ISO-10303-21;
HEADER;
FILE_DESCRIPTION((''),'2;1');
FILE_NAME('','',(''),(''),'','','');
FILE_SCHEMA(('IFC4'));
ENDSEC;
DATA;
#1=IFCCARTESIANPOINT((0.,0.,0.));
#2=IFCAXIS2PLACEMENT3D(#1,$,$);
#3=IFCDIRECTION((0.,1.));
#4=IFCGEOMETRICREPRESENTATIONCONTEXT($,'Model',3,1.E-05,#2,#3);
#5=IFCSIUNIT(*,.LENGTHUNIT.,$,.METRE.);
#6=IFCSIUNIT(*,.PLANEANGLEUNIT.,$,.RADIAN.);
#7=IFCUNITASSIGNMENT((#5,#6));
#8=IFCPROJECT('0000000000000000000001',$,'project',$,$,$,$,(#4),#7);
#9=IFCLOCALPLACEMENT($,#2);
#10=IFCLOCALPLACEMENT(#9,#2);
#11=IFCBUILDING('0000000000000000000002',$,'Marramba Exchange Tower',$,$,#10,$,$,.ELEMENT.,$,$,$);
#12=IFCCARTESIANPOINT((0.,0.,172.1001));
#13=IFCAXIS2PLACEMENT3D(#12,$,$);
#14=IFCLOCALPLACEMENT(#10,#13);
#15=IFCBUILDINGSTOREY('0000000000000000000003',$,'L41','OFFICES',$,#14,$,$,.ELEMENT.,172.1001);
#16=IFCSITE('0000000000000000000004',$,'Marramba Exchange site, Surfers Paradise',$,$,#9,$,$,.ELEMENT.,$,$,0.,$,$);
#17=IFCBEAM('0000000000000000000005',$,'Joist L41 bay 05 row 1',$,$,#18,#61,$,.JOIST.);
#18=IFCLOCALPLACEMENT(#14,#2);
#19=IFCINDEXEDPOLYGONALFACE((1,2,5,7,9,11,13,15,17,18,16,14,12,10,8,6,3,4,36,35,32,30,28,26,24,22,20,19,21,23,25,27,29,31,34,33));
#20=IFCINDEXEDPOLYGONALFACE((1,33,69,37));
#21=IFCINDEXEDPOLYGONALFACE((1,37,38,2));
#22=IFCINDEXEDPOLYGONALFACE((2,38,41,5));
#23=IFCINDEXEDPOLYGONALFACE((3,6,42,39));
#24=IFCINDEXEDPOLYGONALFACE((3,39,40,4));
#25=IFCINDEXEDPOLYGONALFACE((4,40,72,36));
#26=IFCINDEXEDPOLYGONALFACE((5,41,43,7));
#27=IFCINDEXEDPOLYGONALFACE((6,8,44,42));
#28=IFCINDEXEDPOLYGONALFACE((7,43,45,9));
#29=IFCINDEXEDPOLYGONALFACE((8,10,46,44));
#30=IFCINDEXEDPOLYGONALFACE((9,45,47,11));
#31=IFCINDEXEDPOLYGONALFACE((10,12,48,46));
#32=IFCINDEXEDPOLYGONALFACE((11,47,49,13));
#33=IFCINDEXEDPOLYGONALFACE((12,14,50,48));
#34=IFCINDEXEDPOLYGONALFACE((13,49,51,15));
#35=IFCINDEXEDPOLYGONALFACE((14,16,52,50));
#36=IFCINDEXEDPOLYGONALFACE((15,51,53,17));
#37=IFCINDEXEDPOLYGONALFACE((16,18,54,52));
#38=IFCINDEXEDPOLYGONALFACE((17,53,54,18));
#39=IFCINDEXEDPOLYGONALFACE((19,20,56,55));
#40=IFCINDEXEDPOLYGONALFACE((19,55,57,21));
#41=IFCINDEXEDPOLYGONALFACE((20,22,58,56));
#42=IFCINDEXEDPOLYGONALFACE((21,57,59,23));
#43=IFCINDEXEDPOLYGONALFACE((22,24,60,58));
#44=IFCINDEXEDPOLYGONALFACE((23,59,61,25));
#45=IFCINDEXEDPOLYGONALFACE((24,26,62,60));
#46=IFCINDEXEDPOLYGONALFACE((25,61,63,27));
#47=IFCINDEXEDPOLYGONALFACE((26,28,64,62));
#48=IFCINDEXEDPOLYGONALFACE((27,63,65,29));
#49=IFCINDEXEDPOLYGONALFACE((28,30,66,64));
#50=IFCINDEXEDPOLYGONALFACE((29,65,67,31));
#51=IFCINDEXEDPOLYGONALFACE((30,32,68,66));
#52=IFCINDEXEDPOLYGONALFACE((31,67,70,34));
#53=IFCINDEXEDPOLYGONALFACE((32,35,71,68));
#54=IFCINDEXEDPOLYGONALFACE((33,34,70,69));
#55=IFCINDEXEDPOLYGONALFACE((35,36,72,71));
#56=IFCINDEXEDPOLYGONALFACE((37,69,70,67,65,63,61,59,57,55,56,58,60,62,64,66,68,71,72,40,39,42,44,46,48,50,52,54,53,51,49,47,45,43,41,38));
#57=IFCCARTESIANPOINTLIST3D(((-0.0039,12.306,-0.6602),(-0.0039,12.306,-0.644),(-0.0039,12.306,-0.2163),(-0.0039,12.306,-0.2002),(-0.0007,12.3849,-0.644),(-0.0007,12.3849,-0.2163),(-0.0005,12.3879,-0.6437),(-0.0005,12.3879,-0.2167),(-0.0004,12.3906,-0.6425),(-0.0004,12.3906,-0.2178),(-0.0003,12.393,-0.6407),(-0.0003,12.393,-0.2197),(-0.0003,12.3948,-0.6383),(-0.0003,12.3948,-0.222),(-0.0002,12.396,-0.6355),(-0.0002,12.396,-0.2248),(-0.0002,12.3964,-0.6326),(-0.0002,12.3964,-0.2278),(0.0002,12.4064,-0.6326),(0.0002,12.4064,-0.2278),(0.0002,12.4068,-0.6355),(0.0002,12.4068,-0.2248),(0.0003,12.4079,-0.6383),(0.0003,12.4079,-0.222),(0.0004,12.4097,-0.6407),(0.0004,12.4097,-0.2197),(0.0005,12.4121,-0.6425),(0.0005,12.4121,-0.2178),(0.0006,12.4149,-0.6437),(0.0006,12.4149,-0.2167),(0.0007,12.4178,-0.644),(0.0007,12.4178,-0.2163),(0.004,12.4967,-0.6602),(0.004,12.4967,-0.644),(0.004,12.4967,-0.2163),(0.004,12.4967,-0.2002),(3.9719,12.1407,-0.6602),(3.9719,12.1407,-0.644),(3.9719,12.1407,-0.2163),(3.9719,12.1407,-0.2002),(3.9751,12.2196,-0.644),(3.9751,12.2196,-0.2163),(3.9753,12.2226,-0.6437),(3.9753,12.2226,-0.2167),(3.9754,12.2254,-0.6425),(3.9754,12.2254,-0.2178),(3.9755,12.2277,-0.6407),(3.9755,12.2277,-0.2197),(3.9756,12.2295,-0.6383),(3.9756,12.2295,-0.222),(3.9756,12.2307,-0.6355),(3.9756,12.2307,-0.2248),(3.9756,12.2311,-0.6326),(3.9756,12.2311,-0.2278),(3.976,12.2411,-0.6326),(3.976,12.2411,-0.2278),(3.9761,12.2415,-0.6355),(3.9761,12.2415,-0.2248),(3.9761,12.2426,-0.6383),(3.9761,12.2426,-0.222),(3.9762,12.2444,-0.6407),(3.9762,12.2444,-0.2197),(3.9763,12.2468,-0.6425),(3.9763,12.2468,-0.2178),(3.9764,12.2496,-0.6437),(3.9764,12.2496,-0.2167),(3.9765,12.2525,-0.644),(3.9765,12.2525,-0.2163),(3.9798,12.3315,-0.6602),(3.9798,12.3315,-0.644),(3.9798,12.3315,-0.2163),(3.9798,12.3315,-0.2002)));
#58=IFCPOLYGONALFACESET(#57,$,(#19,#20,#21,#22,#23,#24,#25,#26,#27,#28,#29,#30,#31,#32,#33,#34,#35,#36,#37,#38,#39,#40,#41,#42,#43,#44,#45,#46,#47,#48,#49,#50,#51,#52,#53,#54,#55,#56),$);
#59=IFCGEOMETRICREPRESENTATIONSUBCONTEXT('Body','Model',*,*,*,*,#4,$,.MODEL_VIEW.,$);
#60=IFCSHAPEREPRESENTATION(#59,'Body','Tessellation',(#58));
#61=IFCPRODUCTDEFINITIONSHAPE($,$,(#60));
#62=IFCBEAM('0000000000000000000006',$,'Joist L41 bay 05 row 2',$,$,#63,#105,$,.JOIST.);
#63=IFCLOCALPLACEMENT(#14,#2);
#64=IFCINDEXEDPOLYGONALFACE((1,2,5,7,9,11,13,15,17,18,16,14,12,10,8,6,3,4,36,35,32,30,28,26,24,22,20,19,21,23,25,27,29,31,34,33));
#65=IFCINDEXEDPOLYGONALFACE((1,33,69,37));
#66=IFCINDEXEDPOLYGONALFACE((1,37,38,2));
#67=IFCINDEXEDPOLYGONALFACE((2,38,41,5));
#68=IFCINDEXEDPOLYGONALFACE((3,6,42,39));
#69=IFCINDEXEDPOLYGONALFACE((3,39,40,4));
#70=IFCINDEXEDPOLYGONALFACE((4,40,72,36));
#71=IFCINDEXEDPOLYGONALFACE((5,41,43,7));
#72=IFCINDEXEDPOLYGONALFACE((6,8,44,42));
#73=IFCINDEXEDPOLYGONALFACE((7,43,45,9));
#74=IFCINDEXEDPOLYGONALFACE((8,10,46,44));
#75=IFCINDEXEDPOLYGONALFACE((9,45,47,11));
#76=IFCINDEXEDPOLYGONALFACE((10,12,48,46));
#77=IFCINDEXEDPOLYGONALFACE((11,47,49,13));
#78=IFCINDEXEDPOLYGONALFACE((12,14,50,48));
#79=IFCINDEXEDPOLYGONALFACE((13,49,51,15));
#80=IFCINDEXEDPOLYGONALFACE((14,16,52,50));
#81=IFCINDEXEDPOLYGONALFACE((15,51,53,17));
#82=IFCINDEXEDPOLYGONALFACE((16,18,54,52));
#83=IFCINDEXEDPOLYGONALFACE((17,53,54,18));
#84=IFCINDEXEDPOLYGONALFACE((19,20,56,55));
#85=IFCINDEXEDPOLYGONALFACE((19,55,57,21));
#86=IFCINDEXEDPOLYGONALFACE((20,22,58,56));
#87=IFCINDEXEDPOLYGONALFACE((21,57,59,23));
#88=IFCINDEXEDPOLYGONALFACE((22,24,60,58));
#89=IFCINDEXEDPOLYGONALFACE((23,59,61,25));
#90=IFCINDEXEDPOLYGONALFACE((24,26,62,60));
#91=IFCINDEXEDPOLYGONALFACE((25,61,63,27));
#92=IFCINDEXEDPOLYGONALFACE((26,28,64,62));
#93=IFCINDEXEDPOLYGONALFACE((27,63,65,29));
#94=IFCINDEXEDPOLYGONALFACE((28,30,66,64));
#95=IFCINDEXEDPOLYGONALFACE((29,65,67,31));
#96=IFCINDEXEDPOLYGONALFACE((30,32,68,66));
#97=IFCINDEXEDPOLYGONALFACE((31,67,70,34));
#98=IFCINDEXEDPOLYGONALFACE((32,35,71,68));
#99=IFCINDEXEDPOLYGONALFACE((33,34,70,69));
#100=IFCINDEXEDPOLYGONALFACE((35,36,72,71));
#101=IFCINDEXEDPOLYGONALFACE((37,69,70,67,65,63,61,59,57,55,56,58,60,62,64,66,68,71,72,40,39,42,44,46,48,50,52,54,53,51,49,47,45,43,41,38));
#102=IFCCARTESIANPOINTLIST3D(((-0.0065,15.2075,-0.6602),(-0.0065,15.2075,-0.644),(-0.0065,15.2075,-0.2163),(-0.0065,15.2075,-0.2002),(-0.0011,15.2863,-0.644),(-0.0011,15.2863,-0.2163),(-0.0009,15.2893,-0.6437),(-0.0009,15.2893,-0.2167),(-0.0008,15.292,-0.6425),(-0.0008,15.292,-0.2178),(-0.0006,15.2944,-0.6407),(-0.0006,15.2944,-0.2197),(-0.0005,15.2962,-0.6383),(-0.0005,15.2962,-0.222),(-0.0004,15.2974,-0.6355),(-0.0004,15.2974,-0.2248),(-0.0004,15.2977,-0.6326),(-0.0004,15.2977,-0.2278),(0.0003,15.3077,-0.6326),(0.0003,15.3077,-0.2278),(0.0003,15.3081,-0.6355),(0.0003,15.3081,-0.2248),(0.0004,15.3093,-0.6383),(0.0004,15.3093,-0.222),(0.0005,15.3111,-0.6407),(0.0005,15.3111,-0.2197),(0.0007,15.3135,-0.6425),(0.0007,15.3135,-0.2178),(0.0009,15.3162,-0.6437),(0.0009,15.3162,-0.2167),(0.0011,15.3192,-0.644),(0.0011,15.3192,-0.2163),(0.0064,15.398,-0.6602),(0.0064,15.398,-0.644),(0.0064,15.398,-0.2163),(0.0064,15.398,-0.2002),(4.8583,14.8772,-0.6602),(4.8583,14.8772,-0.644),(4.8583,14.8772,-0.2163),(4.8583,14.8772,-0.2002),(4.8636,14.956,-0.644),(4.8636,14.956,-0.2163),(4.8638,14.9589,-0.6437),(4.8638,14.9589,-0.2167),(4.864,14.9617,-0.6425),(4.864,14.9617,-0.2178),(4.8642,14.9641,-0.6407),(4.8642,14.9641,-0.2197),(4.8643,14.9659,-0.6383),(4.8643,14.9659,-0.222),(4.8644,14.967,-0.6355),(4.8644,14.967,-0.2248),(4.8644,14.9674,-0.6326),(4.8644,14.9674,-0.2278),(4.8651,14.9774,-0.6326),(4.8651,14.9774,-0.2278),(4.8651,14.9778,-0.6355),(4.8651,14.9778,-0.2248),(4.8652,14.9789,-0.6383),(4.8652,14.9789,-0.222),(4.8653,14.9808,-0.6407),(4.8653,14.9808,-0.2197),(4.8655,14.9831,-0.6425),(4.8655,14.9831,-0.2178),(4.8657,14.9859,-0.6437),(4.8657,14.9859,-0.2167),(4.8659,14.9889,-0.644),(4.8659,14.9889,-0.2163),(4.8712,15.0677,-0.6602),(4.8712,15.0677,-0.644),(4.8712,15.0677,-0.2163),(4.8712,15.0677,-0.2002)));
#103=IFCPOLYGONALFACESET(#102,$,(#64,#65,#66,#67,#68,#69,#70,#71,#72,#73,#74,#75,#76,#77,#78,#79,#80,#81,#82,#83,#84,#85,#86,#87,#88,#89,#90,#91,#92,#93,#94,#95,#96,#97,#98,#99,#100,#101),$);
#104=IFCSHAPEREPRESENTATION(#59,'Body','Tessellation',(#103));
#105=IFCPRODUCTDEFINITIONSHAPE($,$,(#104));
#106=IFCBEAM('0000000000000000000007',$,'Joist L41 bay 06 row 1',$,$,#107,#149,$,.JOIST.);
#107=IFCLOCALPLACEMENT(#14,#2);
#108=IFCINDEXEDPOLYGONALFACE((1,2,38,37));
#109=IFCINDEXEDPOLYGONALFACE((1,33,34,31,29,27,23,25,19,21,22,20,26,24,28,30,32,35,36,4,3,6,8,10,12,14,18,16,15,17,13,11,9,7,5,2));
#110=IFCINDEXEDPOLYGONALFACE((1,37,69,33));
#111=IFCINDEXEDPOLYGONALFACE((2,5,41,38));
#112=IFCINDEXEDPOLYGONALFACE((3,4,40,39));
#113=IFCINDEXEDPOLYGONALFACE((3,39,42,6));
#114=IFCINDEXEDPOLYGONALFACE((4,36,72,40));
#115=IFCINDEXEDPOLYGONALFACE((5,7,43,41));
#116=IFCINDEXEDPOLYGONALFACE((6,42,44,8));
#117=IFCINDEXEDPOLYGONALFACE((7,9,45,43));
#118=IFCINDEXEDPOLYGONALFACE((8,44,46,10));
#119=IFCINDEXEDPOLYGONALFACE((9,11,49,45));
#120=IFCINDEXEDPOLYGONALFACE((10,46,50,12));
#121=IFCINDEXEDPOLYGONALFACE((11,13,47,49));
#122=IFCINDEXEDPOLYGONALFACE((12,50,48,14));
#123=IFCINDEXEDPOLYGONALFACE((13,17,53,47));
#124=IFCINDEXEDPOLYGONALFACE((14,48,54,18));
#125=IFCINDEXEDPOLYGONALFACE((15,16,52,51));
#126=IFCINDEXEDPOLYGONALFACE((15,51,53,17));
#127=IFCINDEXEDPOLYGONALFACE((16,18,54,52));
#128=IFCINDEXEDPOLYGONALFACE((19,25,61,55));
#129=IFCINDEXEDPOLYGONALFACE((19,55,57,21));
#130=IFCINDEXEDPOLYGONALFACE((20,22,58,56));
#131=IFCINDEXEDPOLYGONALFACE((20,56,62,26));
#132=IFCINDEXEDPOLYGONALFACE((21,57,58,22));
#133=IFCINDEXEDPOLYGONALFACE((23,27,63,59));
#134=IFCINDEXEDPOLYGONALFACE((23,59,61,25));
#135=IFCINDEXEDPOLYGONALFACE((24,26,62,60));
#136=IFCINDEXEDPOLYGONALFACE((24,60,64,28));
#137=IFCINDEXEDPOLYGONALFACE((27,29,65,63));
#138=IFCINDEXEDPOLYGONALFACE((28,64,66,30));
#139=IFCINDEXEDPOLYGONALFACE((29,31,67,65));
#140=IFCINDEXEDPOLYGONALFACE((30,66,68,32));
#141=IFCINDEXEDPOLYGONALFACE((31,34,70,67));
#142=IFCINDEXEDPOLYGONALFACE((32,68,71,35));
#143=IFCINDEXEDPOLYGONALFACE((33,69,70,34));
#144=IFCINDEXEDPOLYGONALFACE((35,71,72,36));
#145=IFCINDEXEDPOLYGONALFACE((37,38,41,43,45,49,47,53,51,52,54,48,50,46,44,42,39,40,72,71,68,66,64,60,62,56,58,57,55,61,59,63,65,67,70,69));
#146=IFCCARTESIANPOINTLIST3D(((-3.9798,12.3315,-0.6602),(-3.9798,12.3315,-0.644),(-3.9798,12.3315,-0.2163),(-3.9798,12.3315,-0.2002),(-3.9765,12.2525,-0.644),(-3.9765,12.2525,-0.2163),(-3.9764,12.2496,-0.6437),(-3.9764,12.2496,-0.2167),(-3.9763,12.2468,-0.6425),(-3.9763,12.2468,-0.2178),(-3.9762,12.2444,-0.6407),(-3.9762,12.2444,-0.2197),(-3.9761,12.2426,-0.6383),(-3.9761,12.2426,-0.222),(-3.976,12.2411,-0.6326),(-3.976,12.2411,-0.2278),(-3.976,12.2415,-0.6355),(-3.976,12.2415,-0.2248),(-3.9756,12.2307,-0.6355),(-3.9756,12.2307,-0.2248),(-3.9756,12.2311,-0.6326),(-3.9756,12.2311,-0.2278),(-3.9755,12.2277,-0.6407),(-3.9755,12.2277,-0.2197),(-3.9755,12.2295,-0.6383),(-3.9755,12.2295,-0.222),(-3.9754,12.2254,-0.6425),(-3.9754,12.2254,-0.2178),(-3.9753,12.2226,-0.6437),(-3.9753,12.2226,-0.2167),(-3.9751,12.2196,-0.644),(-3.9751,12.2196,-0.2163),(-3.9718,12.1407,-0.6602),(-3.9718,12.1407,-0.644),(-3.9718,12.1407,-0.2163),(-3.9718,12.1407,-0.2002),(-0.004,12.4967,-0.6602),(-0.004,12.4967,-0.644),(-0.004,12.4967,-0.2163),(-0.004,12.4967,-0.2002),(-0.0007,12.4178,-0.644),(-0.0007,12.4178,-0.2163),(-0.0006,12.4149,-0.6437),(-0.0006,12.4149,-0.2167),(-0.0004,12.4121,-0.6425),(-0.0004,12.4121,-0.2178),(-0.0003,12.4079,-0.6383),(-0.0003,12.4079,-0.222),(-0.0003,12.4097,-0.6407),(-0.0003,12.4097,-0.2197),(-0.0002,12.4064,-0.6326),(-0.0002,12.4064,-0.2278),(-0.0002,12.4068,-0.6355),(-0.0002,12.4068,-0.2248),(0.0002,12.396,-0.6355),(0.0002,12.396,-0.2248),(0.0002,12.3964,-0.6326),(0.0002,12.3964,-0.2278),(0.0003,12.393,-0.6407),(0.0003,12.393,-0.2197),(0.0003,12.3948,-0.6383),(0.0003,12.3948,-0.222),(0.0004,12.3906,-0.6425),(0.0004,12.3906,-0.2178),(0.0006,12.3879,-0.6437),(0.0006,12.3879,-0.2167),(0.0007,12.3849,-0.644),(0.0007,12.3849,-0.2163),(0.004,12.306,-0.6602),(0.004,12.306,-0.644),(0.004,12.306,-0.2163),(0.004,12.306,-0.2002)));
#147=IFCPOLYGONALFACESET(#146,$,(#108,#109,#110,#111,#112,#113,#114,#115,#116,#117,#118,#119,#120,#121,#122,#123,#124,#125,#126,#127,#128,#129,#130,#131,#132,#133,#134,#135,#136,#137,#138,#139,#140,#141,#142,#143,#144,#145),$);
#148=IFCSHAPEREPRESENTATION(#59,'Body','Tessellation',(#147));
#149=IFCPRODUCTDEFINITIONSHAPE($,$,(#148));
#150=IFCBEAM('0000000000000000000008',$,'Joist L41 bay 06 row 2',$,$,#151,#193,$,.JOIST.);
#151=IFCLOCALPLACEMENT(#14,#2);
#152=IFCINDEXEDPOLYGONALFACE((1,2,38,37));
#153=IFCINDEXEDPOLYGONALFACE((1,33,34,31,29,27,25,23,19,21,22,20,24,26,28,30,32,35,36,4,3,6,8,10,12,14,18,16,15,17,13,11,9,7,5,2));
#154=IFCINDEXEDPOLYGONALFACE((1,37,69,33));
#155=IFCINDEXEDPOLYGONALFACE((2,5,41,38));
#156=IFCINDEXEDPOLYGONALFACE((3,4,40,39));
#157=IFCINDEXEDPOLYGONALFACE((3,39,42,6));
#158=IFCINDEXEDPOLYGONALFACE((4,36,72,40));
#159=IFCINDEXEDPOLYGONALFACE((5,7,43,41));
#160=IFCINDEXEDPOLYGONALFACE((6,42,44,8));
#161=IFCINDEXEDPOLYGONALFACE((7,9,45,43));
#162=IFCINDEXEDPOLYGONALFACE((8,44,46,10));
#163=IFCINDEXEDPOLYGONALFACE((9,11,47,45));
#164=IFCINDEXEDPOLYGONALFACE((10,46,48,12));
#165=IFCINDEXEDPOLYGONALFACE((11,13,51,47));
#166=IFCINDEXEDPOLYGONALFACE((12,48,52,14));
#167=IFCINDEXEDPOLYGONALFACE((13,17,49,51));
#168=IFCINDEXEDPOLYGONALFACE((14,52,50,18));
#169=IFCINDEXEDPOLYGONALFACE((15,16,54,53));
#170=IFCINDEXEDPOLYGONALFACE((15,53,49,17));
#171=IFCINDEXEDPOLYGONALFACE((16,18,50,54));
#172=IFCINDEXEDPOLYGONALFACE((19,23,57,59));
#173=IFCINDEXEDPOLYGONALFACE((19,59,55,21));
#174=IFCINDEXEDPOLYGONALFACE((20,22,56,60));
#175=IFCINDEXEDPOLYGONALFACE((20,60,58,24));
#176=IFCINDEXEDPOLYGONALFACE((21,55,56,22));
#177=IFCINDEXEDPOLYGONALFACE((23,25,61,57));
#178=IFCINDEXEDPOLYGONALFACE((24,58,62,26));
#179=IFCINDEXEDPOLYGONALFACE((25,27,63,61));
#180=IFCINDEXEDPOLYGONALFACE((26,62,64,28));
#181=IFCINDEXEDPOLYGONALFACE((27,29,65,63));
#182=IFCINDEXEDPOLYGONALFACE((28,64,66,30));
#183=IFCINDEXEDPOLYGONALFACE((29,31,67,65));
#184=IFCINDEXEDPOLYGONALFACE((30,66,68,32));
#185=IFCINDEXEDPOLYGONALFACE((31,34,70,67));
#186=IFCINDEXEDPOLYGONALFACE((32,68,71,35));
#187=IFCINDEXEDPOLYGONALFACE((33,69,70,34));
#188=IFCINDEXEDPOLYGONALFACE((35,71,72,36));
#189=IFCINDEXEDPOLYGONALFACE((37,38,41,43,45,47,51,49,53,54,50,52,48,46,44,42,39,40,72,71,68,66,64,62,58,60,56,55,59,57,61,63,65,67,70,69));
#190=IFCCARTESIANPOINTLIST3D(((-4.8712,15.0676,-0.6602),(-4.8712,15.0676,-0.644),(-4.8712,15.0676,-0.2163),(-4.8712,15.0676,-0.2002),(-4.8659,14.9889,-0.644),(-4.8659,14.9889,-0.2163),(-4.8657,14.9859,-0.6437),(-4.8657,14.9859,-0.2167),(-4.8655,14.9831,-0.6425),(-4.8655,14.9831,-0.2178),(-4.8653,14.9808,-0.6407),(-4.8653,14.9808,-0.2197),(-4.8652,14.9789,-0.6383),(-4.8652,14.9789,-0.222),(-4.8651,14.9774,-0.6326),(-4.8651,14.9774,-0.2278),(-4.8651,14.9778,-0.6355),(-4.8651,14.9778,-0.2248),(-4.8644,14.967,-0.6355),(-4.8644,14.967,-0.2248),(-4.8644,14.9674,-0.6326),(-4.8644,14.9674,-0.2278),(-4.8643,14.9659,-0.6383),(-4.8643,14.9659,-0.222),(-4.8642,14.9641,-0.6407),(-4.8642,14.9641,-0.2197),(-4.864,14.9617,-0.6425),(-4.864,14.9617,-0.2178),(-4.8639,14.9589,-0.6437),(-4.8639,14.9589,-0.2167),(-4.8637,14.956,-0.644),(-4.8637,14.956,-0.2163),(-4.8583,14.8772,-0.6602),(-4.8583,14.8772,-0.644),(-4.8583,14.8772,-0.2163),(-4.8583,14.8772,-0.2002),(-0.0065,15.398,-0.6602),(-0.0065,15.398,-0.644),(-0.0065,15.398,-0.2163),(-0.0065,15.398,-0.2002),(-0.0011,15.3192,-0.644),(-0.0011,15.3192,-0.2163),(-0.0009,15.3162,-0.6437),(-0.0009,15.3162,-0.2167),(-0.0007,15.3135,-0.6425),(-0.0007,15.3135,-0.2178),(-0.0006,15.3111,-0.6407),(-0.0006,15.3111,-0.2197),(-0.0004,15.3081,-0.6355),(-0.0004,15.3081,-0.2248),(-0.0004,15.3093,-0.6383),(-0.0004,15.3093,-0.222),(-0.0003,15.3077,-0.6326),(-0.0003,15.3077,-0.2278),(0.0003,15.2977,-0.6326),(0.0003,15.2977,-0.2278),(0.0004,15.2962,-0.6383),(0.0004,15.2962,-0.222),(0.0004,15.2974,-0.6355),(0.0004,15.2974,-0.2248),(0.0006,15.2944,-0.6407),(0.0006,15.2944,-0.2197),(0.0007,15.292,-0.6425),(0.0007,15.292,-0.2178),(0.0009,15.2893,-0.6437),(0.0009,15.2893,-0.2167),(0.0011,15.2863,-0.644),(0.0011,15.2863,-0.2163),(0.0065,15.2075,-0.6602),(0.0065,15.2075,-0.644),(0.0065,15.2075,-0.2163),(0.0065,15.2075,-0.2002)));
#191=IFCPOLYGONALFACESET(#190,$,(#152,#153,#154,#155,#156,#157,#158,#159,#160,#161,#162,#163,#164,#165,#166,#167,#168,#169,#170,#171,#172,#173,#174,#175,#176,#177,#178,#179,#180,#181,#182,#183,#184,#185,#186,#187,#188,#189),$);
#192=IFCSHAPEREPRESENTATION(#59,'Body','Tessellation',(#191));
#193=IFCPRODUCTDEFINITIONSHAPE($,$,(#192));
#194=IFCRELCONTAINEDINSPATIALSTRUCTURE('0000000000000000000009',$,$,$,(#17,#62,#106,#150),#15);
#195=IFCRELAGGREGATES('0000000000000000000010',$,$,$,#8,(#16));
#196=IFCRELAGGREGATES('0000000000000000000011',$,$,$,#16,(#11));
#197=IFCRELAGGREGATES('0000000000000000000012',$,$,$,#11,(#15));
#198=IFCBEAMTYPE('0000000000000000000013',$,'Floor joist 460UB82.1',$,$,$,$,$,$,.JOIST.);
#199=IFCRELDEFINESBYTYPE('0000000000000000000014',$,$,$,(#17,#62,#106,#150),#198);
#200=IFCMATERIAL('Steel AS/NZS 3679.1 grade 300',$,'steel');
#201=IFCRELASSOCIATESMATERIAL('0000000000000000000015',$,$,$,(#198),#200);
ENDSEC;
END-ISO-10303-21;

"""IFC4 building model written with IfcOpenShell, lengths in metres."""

from ifc_helpers import new_model, si_unit, direction, frame, origin, origin_2d, place, context, subcontext, project, spatial, i_section, extrude, material, material_profile, profile_set, type_object, element, save


model = new_model("IFC4")

# Units and contexts
model_context = context("Model", 3, precision=1e-05, world=origin(), true_north=direction((0.0, 1.0)))
body_context = subcontext(model_context, "Body", "Model", "MODEL_VIEW")
ifc_project = project(units=[si_unit("LENGTHUNIT", "METRE"), si_unit("PLANEANGLEUNIT", "RADIAN")], contexts=[model_context])

# Site, building, storey
site_placement = place(None, origin())
site = spatial("IfcSite", under=ifc_project, at=site_placement, Name="Marramba Exchange site, Surfers Paradise", CompositionType="ELEMENT", RefElevation=0.0)
building_placement = place(site_placement, origin())
building = spatial("IfcBuilding", under=site, at=building_placement, Name="Marramba Exchange Tower", CompositionType="ELEMENT")
storey_placement = place(building_placement, frame((0.0, 0.0, 172.1001)))
storey = spatial("IfcBuildingStorey", under=building, at=storey_placement, Name="L41", Description="OFFICES", CompositionType="ELEMENT", Elevation=172.1001)

# Beams
ifc_material_1 = material(Name="Steel AS/NZS 3679.1 grade 300", Category="steel")
ifc_material_profile_1 = material_profile(ifc_material_1, i_section(OverallWidth=0.1909, OverallDepth=0.46, WebThickness=0.01, FlangeThickness=0.0161, FilletRadius=0.0115, at=origin_2d()), Name="460UB82.1")
ifc_profile_set_1 = profile_set([ifc_material_profile_1], Name="Steel AS/NZS 3679.1 grade 300")
beam_type_1 = type_object("IfcBeamType", Name="Floor joist 460UB82.1", PredefinedType="JOIST", material=ifc_profile_set_1)
beam_1_placement = place(storey_placement, frame((3.9758, 12.2361, -0.4302), z_axis=(-0.999137, 0.041536, 0.0), x_axis=(-0.041536, -0.999137, 0.0)))
element("IfcBeam", 1, at=beam_1_placement, inside=storey, type_object=beam_type_1, Name="Joist L41 bay 05 row 1", PredefinedType="JOIST", context=body_context, shape_type="SweptSolid", body=[
    extrude(i_section(OverallWidth=0.1909, OverallDepth=0.46, WebThickness=0.01, FlangeThickness=0.0161, FilletRadius=0.0115, at=origin_2d()), origin(), (0.0, 0.0, 1.0), 3.9792),
])
beam_2_placement = place(storey_placement, frame((4.8647, 14.9724, -0.4302), z_axis=(-0.997703, 0.067745, 0.0), x_axis=(-0.067745, -0.997703, 0.0)))
element("IfcBeam", 2, at=beam_2_placement, inside=storey, type_object=beam_type_1, Name="Joist L41 bay 05 row 2", PredefinedType="JOIST", context=body_context, shape_type="SweptSolid", body=[
    extrude(i_section(OverallWidth=0.1909, OverallDepth=0.46, WebThickness=0.01, FlangeThickness=0.0161, FilletRadius=0.0115, at=origin_2d()), origin(), (0.0, 0.0, 1.0), 4.876),
])
beam_3_placement = place(storey_placement, frame((0.0, 12.4014, -0.4302), z_axis=(-0.999137, -0.041536, 0.0), x_axis=(0.041536, -0.999137, 0.0)))
element("IfcBeam", 3, at=beam_3_placement, inside=storey, type_object=beam_type_1, Name="Joist L41 bay 06 row 1", PredefinedType="JOIST", context=body_context, shape_type="SweptSolid", body=[
    extrude(i_section(OverallWidth=0.1909, OverallDepth=0.46, WebThickness=0.01, FlangeThickness=0.0161, FilletRadius=0.0115, at=origin_2d()), origin(), (0.0, 0.0, 1.0), 3.9792),
])
beam_4_placement = place(storey_placement, frame((0.0, 15.3027, -0.4302), z_axis=(-0.997703, -0.067745, 0.0), x_axis=(0.067745, -0.997703, 0.0)))
element("IfcBeam", 4, at=beam_4_placement, inside=storey, type_object=beam_type_1, Name="Joist L41 bay 06 row 2", PredefinedType="JOIST", context=body_context, shape_type="SweptSolid", body=[
    extrude(i_section(OverallWidth=0.1909, OverallDepth=0.46, WebThickness=0.01, FlangeThickness=0.0161, FilletRadius=0.0115, at=origin_2d()), origin(), (0.0, 0.0, 1.0), 4.876),
])

save(model, "model.ifc")
